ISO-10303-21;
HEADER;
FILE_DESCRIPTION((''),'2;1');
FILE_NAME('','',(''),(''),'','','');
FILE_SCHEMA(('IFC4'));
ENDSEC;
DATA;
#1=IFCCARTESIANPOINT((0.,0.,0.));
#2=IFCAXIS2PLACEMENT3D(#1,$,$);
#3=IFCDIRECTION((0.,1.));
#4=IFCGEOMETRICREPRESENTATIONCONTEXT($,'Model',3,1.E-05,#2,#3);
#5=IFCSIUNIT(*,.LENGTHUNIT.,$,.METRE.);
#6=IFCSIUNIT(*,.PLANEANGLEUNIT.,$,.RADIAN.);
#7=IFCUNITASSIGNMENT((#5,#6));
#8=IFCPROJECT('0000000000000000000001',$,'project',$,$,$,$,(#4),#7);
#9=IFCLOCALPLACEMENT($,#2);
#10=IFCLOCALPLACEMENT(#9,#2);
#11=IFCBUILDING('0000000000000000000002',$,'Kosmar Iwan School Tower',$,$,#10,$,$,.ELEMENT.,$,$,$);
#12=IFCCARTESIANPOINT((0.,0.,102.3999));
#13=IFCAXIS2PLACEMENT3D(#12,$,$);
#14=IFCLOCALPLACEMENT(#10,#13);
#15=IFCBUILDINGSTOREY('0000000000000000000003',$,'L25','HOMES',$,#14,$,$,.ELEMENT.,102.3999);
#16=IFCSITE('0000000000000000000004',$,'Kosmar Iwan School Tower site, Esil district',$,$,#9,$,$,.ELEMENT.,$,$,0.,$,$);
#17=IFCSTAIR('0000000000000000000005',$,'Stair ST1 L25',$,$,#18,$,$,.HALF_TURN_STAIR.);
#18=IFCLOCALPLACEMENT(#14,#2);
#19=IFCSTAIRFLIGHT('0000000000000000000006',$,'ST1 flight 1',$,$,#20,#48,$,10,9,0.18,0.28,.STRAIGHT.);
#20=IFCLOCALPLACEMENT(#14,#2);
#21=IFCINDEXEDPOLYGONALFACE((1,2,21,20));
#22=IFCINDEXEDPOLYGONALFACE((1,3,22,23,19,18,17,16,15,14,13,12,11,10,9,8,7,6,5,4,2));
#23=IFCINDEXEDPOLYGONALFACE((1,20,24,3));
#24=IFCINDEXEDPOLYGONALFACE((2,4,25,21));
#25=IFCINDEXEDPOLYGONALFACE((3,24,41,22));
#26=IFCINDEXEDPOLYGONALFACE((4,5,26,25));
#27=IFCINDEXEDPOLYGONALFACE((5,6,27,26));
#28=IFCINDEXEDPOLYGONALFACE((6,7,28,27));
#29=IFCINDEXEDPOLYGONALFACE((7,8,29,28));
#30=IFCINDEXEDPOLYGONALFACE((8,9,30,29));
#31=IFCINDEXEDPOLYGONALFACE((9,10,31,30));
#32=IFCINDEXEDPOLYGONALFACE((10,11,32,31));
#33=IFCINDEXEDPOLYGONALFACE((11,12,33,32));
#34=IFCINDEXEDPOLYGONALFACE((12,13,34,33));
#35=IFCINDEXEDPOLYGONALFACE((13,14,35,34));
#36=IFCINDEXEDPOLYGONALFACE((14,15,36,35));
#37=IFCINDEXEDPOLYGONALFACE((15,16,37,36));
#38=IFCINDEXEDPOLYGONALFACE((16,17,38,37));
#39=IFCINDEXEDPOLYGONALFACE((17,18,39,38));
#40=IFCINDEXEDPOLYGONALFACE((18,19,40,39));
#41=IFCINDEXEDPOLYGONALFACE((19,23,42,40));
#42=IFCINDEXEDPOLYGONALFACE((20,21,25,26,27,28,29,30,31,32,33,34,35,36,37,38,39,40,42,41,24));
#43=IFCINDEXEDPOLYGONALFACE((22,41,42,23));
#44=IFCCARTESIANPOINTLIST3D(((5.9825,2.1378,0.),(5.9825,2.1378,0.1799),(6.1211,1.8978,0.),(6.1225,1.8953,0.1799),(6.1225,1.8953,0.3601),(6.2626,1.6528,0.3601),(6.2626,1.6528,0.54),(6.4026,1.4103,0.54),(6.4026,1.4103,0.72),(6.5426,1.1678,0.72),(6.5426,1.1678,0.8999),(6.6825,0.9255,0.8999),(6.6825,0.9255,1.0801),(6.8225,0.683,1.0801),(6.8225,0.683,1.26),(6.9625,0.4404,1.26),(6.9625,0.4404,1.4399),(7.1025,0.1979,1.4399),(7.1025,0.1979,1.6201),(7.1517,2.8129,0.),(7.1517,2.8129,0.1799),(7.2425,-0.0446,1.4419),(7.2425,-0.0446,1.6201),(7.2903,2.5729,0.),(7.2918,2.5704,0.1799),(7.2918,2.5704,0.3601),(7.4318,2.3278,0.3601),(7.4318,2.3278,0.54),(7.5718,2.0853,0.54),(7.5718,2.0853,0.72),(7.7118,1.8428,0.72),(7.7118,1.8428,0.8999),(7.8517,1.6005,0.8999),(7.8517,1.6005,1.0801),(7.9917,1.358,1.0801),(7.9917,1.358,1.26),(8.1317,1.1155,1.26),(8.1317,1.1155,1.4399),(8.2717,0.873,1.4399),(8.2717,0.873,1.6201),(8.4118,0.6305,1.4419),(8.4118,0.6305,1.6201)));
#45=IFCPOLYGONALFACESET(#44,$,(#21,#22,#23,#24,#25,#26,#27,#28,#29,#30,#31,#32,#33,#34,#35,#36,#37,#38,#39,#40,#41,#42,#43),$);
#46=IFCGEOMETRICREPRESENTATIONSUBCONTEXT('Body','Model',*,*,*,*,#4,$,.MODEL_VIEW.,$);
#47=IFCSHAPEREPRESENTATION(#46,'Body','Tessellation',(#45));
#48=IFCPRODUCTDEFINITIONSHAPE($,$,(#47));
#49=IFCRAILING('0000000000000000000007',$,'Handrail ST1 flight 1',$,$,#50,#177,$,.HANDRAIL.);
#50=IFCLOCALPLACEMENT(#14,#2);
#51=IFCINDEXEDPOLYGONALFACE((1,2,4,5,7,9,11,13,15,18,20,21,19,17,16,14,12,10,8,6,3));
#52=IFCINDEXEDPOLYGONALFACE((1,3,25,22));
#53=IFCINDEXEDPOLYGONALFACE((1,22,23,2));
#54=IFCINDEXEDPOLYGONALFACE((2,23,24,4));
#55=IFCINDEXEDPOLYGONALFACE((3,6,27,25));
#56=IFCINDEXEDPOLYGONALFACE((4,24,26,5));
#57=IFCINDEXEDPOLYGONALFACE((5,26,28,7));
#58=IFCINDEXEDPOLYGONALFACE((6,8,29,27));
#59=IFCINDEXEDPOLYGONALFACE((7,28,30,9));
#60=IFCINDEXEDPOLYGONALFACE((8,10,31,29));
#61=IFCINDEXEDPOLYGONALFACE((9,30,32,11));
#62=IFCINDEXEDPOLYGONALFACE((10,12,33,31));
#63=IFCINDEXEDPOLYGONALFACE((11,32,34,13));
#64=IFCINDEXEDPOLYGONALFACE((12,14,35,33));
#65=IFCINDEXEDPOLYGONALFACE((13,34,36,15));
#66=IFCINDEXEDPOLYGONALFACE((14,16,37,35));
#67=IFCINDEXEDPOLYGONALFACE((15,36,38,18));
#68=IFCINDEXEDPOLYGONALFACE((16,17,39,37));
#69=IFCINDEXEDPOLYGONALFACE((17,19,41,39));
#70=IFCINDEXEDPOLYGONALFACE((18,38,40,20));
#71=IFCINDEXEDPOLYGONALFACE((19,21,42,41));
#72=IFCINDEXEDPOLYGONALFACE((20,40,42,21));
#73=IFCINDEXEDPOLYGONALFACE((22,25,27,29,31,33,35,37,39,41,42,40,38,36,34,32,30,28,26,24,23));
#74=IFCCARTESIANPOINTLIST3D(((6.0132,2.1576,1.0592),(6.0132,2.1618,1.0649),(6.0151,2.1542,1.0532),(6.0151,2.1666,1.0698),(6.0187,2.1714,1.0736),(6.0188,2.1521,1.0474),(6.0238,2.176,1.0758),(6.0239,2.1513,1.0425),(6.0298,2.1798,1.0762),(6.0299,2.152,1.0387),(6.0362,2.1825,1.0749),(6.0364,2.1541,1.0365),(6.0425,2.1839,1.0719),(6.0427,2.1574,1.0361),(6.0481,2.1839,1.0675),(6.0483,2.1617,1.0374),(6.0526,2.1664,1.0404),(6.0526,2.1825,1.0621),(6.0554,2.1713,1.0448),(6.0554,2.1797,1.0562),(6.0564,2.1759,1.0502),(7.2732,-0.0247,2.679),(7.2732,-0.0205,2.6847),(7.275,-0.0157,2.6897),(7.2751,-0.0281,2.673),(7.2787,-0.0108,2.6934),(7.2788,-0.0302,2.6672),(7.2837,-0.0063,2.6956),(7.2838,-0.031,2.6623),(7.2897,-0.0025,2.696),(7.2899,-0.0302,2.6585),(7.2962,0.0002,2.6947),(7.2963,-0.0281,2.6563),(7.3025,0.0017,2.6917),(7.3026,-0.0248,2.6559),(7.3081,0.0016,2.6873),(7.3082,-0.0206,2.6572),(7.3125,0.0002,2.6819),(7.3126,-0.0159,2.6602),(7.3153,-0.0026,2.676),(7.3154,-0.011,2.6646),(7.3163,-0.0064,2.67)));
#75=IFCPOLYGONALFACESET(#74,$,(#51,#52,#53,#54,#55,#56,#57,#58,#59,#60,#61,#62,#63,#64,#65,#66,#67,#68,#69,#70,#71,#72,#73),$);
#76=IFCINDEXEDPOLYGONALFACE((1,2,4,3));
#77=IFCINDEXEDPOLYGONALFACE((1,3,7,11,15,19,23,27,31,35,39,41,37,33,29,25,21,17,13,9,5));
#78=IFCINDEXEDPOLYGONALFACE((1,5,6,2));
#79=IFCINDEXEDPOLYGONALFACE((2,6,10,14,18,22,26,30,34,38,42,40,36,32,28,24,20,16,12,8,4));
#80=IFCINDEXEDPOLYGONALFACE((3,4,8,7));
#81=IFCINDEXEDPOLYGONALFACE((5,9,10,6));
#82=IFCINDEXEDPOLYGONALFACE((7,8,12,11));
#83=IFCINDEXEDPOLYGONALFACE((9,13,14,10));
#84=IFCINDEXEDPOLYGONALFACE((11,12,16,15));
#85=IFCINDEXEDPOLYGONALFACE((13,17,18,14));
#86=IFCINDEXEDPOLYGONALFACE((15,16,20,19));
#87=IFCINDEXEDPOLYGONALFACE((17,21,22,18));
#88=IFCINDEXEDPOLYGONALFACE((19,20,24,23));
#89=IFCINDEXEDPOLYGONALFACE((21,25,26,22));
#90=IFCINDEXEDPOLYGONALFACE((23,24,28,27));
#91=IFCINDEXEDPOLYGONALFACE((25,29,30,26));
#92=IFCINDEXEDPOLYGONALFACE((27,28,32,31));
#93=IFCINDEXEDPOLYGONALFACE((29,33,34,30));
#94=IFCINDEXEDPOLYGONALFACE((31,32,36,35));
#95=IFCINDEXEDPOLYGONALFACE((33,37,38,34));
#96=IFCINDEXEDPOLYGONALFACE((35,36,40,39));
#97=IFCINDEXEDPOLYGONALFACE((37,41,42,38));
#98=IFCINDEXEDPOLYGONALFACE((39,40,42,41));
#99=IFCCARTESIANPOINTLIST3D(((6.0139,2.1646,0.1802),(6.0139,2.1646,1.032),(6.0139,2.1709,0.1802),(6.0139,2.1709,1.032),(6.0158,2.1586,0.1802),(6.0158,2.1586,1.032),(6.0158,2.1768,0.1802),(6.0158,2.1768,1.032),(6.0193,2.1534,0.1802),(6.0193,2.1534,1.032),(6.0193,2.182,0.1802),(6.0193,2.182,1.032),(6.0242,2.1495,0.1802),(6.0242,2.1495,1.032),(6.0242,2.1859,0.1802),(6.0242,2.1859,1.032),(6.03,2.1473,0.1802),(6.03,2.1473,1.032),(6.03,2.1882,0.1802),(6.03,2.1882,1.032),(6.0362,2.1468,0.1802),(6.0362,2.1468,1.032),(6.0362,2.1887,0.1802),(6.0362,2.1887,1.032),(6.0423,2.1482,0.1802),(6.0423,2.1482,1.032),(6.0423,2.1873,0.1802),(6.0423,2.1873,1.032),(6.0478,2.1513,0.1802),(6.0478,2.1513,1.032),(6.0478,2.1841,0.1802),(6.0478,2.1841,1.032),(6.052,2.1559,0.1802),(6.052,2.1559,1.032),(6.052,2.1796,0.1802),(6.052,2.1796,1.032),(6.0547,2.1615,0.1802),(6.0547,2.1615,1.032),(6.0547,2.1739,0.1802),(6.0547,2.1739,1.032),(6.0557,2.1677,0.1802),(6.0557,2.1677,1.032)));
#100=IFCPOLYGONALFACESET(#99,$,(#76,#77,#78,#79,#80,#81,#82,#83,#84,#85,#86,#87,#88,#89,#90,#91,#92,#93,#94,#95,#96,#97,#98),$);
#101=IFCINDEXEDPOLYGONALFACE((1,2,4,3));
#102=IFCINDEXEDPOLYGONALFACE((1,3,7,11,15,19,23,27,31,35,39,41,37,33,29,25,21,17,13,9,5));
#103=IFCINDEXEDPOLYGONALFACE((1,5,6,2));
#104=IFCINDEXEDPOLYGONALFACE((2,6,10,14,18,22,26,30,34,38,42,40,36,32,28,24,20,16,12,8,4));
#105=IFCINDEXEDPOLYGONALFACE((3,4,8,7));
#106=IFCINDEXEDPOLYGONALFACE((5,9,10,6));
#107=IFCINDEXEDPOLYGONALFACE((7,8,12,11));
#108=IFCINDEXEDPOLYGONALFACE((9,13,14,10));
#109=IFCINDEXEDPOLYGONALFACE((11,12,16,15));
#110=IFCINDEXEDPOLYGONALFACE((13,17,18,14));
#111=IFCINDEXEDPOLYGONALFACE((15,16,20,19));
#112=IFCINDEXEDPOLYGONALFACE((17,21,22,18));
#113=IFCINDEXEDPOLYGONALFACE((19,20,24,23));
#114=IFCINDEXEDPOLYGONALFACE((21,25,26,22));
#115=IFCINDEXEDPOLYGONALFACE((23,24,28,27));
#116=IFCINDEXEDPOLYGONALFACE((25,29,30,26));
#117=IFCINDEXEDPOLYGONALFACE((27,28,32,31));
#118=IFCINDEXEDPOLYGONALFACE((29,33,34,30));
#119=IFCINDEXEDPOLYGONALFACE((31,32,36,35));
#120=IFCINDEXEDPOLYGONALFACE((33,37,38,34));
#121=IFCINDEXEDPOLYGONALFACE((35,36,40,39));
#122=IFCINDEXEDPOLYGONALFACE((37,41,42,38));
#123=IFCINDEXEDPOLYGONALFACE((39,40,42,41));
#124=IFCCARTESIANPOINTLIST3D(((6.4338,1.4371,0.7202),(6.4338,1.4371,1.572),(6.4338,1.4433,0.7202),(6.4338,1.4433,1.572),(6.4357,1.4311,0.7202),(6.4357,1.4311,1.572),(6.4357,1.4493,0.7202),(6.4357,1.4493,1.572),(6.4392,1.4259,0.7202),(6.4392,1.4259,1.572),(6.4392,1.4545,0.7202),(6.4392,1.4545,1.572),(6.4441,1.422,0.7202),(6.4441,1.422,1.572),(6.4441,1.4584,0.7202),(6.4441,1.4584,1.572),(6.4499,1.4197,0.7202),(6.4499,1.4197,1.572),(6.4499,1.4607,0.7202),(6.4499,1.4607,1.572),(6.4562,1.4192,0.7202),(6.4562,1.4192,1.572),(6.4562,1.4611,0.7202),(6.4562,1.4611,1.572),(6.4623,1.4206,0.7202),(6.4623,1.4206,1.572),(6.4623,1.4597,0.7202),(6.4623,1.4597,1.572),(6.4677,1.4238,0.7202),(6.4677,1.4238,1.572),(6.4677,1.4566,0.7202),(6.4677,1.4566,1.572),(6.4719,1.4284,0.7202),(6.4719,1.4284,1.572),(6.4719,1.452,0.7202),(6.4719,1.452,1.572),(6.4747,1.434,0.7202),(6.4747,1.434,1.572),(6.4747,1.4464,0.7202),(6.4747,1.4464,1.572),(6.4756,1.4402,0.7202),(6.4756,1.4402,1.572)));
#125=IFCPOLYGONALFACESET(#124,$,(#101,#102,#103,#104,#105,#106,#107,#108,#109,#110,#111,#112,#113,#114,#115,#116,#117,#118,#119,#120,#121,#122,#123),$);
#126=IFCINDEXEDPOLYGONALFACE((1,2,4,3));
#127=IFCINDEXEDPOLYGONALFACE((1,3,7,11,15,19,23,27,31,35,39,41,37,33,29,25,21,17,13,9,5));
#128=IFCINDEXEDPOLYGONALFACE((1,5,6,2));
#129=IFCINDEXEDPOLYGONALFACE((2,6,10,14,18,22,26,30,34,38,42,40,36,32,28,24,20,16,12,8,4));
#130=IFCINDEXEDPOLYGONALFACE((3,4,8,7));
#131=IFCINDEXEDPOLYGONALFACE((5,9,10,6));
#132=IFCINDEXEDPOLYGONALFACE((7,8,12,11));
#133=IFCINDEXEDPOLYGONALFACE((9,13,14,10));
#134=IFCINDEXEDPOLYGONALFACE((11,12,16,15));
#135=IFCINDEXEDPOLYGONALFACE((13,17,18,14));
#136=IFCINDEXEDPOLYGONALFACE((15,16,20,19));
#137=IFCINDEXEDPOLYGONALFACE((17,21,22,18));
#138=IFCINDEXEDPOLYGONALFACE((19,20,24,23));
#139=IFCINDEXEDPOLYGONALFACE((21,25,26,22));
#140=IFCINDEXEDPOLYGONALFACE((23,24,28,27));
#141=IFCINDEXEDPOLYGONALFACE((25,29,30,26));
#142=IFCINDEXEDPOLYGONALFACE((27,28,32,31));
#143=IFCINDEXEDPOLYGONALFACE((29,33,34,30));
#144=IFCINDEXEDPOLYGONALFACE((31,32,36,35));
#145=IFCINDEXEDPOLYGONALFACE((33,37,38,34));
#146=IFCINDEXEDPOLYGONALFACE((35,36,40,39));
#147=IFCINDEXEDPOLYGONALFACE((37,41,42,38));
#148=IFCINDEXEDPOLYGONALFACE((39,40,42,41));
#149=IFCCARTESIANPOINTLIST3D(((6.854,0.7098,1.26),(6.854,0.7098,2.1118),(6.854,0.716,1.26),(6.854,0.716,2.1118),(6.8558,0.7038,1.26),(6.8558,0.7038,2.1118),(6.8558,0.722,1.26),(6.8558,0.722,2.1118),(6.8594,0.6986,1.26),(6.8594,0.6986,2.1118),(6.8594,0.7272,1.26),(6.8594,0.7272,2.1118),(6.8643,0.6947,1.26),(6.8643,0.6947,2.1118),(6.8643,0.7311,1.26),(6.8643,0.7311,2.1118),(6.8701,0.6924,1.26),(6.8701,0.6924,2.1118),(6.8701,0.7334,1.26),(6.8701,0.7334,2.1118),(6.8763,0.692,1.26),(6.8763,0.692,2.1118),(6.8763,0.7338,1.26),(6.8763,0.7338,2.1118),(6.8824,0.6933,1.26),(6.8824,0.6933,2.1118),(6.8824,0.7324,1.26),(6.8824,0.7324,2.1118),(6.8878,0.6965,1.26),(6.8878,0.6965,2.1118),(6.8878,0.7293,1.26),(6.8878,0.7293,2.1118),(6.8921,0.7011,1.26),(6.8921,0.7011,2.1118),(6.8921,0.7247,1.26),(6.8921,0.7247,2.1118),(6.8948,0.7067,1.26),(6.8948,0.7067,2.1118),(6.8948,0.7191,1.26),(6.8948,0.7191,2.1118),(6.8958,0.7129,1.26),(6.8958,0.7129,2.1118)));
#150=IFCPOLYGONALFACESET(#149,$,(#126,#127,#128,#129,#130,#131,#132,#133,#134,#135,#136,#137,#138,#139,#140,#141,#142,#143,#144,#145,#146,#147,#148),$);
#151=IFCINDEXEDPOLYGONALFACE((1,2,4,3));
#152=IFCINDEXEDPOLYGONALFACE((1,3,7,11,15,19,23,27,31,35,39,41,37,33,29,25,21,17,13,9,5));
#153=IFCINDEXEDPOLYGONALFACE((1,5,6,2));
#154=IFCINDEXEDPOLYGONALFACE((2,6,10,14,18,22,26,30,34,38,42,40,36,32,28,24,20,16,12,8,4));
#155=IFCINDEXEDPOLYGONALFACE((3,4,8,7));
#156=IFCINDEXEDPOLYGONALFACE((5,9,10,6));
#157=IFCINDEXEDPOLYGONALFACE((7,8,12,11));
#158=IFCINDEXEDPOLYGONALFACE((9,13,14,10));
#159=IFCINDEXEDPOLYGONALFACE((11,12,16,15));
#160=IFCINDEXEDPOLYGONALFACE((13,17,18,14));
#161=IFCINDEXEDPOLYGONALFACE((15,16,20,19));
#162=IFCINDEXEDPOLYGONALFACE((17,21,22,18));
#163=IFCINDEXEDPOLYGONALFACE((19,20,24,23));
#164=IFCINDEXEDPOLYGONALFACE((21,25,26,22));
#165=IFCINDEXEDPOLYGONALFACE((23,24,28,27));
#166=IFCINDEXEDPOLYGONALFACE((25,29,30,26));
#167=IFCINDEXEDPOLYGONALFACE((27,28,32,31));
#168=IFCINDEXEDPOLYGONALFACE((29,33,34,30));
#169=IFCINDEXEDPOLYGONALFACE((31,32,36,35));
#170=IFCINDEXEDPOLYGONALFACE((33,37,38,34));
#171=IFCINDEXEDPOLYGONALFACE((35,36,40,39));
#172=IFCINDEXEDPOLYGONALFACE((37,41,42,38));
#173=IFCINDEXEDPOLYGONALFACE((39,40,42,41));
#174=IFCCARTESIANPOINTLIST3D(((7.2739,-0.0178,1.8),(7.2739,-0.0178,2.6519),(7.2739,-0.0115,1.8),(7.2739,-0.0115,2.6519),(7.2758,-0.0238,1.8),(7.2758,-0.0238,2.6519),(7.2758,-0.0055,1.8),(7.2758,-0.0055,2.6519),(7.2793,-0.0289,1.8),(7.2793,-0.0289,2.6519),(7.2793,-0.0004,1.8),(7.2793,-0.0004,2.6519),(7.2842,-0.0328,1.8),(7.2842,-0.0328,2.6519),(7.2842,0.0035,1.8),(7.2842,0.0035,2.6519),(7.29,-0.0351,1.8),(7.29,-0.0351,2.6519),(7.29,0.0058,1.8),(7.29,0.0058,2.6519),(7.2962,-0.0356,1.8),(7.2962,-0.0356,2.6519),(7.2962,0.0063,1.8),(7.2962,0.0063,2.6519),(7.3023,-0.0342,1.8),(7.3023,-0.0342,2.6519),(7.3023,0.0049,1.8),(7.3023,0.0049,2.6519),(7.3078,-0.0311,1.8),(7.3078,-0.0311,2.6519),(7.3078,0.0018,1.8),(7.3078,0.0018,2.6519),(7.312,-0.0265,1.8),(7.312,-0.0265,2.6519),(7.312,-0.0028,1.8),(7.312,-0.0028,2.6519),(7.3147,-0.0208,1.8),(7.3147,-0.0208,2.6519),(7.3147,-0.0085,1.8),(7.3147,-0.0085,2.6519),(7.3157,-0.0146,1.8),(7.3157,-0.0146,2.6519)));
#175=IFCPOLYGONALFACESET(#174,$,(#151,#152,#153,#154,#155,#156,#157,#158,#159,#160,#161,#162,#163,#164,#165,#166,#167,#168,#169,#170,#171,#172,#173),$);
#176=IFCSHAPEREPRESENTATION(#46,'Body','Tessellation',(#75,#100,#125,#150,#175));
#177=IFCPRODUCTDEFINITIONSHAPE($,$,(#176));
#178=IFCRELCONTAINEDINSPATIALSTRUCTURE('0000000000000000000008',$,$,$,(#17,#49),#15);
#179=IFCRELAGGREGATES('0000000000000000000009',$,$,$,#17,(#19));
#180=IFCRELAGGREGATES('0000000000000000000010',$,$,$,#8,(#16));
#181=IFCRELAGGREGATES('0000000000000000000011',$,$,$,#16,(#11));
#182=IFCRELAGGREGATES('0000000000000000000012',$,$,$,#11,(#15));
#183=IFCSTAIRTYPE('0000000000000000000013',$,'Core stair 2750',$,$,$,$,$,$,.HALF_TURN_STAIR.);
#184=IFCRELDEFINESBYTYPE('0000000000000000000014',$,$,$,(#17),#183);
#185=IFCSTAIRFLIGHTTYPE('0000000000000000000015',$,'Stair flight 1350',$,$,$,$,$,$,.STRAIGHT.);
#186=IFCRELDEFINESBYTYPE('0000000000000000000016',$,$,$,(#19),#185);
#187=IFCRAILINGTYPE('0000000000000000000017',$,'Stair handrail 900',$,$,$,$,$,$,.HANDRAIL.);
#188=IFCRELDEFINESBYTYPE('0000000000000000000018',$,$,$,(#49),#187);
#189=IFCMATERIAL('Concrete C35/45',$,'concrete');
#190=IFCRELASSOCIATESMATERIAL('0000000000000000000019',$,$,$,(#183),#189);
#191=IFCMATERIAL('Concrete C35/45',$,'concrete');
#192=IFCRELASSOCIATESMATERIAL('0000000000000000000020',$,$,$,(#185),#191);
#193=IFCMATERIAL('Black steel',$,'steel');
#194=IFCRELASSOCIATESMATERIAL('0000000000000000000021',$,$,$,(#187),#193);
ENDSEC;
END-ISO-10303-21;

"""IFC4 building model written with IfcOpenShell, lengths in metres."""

from ifc_helpers import new_model, si_unit, direction, frame, origin, origin_2d, place, context, subcontext, project, spatial, polyline, circle, outline, extrude, material, type_object, element, aggregate, save


model = new_model("IFC4")

# Units and contexts
model_context = context("Model", 3, precision=1e-05, world=origin(), true_north=direction((0.0, 1.0)))
body_context = subcontext(model_context, "Body", "Model", "MODEL_VIEW")
ifc_project = project(units=[si_unit("LENGTHUNIT", "METRE"), si_unit("PLANEANGLEUNIT", "RADIAN")], contexts=[model_context])

# Site, building, storey
site_placement = place(None, origin())
site = spatial("IfcSite", under=ifc_project, at=site_placement, Name="Kosmar Iwan School Tower site, Esil district", CompositionType="ELEMENT", RefElevation=0.0)
building_placement = place(site_placement, origin())
building = spatial("IfcBuilding", under=site, at=building_placement, Name="Kosmar Iwan School Tower", CompositionType="ELEMENT")
storey_placement = place(building_placement, frame((0.0, 0.0, 102.3999)))
storey = spatial("IfcBuildingStorey", under=building, at=storey_placement, Name="L25", Description="HOMES", CompositionType="ELEMENT", Elevation=102.3999)

# Stair, stair flight
ifc_material_1 = material(Name="Concrete C35/45", Category="concrete")
stair_type_1 = type_object("IfcStairType", Name="Core stair 2750", PredefinedType="HALF_TURN_STAIR", material=ifc_material_1)
stair_1_placement = place(storey_placement, origin())
stair_1 = element("IfcStair", 1, at=stair_1_placement, inside=storey, type_object=stair_type_1, Name="Stair ST1 L25", PredefinedType="HALF_TURN_STAIR")
ifc_material_2 = material(Name="Concrete C35/45", Category="concrete")
stair_flight_type = type_object("IfcStairFlightType", Name="Stair flight 1350", PredefinedType="STRAIGHT", material=ifc_material_2)
stair_flight_placement = place(storey_placement, frame((6.5671, 2.4753, 0.0), z_axis=(0.0, 0.0, 1.0), x_axis=(0.5, -0.866025, 0.0)))
stair_flight = element("IfcStairFlight", 2, at=stair_flight_placement, type_object=stair_flight_type, Name="ST1 flight 1", NumberOfRisers=10, NumberOfTreads=9, PredefinedType="STRAIGHT", RiserHeight=0.18, TreadLength=0.28, context=body_context, shape_type="SweptSolid", body=[
    extrude(outline(polyline([(0.0, 0.0), (0.0, 0.1799), (0.28, 0.1799), (0.28, 0.3601), (0.5601, 0.3601), (0.5601, 0.54), (0.8401, 0.54), (0.8401, 0.72), (1.1201, 0.72), (1.1201, 0.8999), (1.3999, 0.8999), (1.3999, 1.0801), (1.6799, 1.0801), (1.6799, 1.26), (1.96, 1.26), (1.96, 1.4399), (2.24, 1.4399), (2.24, 1.6201), (2.52, 1.6201), (2.52, 1.8), (2.52, 1.4419), (0.2771, 0.0), (0.0, 0.0)])), frame((0.0, 0.675, 0.0), z_axis=(0.0, -1.0, 0.0), x_axis=(1.0, 0.0, 0.0)), (0.0, 0.0, 1.0), 1.3501),
])
aggregate(stair_1, [stair_flight])

# Railing
ifc_material_3 = material(Name="Black steel", Category="steel")
railing_type = type_object("IfcRailingType", Name="Stair handrail 900", PredefinedType="HANDRAIL", material=ifc_material_3)
railing_placement = place(storey_placement, frame((6.0347, 2.1677, 0.1802)))
element("IfcRailing", 3, at=railing_placement, inside=storey, type_object=railing_type, Name="Handrail ST1 flight 1", PredefinedType="HANDRAIL", context=body_context, shape_type="SweptSolid", body=[
    extrude(circle(Radius=0.0239, at=origin_2d()), frame((0.0, 0.0, 0.876), z_axis=(0.420603, -0.728496, 0.540728), x_axis=(0.866023, 0.500005, 0.0)), (0.0, 0.0, 1.0), 2.9956),
    extrude(circle(Radius=0.021, at=origin_2d()), origin(), (0.0, 0.0, 1.0), 0.8518),
    extrude(circle(Radius=0.021, at=origin_2d()), frame((0.4199, -0.7275, 0.54)), (0.0, 0.0, 1.0), 0.8518),
    extrude(circle(Radius=0.021, at=origin_2d()), frame((0.8401, -1.4548, 1.0798)), (0.0, 0.0, 1.0), 0.8518),
    extrude(circle(Radius=0.021, at=origin_2d()), frame((1.26, -2.1824, 1.6199)), (0.0, 0.0, 1.0), 0.8518),
])

save(model, "model.ifc")
